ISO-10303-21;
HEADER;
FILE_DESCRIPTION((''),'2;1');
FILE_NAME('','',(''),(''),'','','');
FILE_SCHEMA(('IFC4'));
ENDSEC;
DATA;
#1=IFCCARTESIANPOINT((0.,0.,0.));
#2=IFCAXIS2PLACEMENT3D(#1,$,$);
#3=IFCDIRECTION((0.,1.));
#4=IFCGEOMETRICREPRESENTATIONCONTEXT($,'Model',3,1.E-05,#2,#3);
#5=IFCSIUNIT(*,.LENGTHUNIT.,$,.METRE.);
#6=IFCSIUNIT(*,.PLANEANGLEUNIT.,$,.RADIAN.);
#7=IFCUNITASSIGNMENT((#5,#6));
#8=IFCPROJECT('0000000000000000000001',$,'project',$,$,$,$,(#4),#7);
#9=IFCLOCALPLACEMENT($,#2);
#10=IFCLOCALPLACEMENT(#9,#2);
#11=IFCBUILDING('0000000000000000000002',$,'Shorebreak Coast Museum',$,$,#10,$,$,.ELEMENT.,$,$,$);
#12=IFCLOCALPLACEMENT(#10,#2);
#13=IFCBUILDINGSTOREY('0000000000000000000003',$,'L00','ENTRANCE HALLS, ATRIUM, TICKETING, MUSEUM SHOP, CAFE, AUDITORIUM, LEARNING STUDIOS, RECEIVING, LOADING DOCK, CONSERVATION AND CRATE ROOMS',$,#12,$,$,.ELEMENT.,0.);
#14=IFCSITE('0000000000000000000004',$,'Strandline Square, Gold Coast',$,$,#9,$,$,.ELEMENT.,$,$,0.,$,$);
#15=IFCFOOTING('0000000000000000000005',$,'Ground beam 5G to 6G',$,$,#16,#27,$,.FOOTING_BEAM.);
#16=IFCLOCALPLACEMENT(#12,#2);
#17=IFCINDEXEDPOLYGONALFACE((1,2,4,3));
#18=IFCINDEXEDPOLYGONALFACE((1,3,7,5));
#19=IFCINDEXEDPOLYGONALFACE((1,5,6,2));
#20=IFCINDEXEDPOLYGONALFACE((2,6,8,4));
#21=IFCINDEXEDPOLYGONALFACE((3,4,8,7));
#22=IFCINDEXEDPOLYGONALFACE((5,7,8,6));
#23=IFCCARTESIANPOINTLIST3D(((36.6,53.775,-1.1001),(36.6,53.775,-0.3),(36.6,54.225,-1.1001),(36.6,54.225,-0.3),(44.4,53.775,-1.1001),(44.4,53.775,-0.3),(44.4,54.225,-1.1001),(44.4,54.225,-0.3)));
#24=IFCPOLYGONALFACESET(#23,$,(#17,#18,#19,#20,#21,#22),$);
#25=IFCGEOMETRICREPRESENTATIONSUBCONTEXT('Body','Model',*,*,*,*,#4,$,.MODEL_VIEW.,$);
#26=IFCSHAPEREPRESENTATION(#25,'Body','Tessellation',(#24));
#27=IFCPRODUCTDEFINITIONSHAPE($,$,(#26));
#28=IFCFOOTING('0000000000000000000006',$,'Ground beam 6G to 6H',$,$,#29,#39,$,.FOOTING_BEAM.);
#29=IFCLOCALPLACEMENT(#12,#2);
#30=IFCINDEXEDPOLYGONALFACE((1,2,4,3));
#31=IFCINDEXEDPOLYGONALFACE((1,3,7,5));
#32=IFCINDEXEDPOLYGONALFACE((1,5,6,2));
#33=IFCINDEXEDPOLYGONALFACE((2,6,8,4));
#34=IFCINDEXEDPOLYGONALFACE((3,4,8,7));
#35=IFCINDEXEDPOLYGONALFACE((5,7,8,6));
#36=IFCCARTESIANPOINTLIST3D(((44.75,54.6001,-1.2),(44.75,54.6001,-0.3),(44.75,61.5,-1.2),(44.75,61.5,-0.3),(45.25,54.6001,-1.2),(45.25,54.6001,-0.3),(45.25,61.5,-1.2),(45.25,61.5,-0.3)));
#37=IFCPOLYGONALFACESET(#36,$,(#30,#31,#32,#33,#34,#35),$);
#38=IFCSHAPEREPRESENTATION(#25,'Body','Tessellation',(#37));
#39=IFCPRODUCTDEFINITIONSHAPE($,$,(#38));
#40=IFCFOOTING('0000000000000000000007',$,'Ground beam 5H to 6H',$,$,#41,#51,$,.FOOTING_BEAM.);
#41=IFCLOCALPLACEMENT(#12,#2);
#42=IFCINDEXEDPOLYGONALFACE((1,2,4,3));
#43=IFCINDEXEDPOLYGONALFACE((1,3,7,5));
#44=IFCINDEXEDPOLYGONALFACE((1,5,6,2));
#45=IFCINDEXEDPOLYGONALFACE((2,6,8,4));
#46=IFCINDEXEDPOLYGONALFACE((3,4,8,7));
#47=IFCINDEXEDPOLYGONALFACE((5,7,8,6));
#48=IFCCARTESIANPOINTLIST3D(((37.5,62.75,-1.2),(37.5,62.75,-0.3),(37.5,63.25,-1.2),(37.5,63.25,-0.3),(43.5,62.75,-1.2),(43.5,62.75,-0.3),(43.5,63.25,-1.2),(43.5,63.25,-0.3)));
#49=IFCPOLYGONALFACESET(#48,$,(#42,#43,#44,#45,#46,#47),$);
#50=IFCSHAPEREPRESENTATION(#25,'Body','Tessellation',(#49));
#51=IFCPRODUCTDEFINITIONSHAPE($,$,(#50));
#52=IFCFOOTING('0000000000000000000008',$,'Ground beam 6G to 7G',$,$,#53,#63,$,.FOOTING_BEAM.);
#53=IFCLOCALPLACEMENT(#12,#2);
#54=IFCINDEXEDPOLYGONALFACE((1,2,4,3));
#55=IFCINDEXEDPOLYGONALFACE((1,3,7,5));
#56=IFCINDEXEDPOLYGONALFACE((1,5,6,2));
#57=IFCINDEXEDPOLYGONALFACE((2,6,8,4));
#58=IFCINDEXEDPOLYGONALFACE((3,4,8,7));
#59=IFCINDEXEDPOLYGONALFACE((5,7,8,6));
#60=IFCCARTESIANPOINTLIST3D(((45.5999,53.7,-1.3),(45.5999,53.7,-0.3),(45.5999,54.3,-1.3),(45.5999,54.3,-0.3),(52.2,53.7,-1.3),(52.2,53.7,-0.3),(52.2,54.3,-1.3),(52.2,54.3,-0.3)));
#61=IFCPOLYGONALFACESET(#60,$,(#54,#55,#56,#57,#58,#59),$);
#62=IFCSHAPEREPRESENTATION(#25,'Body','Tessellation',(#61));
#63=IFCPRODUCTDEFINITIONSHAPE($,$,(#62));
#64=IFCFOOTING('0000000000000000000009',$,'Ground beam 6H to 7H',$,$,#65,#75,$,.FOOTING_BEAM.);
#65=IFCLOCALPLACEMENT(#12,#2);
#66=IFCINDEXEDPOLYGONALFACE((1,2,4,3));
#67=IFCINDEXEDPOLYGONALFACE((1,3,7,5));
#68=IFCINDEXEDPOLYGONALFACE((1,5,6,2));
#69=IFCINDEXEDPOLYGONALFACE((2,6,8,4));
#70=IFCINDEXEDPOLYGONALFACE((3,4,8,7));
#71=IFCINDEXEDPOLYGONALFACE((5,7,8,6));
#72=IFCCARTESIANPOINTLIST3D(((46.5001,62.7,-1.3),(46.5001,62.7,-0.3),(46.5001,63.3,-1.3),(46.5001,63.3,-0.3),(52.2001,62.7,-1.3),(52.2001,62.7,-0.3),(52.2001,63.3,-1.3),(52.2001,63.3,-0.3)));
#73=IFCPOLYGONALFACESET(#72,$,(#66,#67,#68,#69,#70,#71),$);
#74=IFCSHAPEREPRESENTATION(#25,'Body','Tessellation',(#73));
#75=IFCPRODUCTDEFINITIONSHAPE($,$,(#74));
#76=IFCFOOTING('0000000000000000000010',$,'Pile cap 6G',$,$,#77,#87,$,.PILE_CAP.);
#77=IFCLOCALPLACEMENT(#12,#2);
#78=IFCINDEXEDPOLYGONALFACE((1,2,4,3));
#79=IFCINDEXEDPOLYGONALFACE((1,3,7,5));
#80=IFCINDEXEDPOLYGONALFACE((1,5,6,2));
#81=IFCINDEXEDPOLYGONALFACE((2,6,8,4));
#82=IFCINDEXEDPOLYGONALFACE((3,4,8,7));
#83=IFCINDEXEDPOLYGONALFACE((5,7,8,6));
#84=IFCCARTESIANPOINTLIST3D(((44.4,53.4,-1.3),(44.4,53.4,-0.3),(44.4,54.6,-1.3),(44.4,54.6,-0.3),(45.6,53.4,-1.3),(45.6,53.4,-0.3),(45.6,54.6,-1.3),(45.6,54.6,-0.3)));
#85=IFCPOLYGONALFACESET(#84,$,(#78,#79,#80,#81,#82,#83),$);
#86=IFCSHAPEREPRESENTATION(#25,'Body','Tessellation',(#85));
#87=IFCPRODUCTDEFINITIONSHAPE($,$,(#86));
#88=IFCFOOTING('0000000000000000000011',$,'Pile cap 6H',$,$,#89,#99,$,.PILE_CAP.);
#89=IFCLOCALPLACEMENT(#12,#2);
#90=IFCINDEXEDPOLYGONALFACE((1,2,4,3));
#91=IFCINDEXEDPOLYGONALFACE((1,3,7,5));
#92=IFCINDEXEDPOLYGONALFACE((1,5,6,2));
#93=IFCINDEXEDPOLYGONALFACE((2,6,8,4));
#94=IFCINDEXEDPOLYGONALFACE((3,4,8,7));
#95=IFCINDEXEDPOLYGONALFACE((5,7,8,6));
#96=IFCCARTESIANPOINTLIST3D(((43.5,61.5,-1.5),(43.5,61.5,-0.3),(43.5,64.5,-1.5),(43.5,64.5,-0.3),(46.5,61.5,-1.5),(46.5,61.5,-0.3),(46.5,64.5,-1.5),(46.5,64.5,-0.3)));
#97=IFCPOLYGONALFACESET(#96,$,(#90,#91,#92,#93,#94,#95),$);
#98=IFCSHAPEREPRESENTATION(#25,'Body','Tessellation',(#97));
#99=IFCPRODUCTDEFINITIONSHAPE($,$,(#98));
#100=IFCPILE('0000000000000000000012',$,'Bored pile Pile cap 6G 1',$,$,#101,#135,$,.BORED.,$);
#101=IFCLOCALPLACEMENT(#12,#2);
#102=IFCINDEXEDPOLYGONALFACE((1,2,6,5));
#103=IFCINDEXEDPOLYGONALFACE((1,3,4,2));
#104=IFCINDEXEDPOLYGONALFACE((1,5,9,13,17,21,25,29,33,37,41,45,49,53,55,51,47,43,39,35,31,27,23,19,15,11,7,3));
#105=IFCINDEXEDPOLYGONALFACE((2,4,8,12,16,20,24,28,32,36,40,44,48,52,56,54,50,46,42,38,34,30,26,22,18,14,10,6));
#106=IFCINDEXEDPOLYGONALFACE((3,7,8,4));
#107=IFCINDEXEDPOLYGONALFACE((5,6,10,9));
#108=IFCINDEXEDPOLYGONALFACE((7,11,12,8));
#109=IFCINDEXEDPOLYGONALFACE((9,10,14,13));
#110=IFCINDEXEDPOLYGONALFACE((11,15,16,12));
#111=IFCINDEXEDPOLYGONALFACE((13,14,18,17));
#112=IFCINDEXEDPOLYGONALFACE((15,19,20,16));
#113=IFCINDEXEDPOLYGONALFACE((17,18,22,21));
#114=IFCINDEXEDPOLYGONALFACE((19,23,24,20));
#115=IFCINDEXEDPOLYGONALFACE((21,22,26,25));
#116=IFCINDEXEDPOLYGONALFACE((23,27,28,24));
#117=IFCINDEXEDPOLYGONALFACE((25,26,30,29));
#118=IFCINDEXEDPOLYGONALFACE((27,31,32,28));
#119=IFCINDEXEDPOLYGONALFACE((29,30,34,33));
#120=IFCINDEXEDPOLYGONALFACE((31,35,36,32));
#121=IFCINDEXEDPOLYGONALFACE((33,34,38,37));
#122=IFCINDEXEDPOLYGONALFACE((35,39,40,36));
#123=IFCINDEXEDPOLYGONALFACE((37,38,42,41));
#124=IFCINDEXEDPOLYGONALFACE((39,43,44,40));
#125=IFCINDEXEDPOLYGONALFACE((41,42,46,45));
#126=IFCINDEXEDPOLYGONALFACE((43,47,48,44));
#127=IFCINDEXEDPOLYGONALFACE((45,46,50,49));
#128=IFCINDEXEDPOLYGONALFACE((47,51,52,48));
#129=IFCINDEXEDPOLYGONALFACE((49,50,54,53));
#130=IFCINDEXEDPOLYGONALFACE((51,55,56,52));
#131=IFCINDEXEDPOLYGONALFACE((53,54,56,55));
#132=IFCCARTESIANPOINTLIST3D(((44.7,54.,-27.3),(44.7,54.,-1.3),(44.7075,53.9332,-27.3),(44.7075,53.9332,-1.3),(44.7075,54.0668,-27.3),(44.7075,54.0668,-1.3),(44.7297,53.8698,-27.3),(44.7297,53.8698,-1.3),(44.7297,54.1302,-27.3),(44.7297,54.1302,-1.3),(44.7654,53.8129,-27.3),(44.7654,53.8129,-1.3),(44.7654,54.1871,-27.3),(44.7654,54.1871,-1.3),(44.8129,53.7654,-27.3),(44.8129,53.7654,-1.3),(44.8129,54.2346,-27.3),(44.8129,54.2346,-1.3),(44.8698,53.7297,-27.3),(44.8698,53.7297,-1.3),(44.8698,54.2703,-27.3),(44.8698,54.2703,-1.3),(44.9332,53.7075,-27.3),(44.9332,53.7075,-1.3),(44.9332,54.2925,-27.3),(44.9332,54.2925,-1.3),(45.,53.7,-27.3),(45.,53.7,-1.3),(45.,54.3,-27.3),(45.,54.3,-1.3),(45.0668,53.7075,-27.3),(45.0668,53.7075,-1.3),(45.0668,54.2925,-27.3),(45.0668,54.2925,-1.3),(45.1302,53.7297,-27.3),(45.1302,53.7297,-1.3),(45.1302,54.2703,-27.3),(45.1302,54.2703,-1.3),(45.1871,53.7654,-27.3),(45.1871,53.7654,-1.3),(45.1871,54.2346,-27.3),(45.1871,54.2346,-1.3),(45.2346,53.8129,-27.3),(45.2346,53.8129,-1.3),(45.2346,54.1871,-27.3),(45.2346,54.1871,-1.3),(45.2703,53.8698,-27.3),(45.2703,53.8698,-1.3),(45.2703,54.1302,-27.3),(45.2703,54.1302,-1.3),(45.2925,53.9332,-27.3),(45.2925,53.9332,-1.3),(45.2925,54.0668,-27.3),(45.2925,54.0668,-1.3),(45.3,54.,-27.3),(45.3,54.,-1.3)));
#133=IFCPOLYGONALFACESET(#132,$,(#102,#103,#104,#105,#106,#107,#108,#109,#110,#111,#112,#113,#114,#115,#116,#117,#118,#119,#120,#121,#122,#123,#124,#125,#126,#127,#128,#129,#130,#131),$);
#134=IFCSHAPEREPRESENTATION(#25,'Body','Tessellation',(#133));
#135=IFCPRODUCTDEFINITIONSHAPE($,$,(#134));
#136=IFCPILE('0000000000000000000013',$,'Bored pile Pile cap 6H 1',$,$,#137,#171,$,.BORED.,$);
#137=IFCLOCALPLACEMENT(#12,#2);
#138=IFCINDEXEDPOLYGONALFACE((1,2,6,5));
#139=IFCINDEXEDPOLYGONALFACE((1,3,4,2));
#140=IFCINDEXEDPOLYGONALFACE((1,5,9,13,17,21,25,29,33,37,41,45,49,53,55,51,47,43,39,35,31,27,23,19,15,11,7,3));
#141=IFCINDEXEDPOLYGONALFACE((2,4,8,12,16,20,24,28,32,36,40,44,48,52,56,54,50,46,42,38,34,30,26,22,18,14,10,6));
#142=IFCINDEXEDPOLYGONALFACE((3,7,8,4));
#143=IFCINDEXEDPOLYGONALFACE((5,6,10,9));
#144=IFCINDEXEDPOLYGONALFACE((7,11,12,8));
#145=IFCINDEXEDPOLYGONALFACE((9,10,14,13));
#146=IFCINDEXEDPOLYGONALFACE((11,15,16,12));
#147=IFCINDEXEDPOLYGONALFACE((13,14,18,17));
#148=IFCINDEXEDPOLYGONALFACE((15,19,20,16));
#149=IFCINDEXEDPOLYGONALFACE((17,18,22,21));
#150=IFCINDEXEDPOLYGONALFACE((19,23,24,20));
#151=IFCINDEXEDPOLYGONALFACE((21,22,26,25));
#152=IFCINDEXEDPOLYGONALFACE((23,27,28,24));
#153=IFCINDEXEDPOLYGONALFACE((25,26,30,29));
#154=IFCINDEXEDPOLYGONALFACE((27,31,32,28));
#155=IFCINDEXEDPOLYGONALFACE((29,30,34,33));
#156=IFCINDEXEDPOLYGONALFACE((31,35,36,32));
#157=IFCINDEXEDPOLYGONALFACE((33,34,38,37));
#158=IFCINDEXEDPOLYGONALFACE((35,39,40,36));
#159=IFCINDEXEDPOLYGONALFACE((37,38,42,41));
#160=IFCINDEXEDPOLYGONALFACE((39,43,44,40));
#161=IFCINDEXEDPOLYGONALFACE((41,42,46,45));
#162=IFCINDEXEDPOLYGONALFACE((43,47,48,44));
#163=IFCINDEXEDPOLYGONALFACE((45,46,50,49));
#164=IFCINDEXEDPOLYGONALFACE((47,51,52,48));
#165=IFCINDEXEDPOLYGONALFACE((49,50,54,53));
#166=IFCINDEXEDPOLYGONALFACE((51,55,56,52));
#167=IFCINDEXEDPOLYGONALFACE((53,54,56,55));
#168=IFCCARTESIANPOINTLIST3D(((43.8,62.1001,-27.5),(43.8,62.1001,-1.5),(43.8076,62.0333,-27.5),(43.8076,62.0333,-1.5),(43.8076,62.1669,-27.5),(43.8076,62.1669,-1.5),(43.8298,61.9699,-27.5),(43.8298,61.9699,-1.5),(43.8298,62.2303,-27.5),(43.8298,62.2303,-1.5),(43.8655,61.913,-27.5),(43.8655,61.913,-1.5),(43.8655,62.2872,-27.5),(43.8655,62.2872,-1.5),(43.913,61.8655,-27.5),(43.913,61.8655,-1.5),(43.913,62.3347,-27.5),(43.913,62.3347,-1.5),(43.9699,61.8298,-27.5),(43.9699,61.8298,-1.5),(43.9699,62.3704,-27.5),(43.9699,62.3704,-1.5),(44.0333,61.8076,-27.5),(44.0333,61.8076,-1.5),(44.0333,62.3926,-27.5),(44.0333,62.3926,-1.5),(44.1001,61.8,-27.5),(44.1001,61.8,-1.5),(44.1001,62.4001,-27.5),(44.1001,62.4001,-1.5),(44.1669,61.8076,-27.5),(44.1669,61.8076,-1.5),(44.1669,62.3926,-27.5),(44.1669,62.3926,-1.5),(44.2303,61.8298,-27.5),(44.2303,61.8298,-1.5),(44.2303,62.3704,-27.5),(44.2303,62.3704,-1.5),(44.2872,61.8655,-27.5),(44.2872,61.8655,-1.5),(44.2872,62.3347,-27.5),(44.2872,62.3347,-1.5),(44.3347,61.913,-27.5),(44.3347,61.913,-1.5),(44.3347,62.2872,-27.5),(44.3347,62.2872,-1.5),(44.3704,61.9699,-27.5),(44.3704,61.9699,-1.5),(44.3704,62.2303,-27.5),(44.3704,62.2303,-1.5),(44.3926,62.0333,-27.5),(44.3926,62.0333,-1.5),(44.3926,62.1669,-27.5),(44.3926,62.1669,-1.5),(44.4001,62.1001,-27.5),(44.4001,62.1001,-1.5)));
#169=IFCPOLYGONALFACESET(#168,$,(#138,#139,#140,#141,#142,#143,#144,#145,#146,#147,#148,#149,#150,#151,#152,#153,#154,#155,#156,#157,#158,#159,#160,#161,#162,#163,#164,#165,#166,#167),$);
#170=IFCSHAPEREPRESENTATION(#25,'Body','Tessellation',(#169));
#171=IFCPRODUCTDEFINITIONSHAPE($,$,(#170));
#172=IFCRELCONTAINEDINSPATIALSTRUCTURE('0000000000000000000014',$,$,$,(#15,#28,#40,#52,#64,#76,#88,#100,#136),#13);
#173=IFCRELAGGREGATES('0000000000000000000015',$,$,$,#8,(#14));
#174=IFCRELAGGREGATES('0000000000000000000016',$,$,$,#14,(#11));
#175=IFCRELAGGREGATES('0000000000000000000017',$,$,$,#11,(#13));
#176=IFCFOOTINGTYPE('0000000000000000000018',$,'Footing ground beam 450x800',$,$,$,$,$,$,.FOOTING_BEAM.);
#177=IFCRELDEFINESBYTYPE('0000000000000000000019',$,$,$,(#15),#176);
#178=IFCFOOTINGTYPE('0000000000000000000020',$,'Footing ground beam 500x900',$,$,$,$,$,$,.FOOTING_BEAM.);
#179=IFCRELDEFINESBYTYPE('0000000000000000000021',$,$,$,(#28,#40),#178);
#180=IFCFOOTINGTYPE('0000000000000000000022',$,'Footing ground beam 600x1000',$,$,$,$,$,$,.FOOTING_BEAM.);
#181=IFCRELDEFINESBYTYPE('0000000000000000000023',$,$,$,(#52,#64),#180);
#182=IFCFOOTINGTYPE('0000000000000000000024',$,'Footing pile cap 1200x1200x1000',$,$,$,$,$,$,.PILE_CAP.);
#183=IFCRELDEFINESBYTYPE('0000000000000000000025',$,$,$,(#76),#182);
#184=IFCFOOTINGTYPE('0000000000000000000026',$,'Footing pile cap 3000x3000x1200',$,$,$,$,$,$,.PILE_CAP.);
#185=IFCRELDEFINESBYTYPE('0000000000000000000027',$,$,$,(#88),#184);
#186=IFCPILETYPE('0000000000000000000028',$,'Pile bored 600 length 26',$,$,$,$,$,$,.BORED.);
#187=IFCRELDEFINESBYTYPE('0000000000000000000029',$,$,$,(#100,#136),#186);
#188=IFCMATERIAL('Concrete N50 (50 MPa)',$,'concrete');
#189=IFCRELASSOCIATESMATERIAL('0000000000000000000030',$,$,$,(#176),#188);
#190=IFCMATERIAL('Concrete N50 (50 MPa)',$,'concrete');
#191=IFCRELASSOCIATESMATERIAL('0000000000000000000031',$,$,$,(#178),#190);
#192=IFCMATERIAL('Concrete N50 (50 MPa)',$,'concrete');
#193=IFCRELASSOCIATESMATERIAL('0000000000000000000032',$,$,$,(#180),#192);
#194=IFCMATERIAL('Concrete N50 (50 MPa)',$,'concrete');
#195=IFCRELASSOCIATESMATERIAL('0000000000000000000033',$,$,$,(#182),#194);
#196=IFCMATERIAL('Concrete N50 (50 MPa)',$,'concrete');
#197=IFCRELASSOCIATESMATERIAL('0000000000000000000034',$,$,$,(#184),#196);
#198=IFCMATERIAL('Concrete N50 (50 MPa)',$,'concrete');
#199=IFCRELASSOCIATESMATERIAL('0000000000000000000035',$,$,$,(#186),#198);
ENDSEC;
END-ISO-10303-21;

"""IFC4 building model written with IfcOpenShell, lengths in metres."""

from ifc_helpers import new_model, si_unit, direction, frame, origin, origin_2d, place, context, subcontext, project, spatial, rectangle, circle, extrude, material, material_profile, profile_set, type_object, element, save


model = new_model("IFC4")

# Units and contexts
model_context = context("Model", 3, precision=1e-05, world=origin(), true_north=direction((0.0, 1.0)))
body_context = subcontext(model_context, "Body", "Model", "MODEL_VIEW")
ifc_project = project(units=[si_unit("LENGTHUNIT", "METRE"), si_unit("PLANEANGLEUNIT", "RADIAN")], contexts=[model_context])

# Site, building, storey
site_placement = place(None, origin())
site = spatial("IfcSite", under=ifc_project, at=site_placement, Name="Strandline Square, Gold Coast", CompositionType="ELEMENT", RefElevation=0.0)
building_placement = place(site_placement, origin())
building = spatial("IfcBuilding", under=site, at=building_placement, Name="Shorebreak Coast Museum", CompositionType="ELEMENT")
storey_placement = place(building_placement, origin())
storey = spatial("IfcBuildingStorey", under=building, at=storey_placement, Name="L00", Description="ENTRANCE HALLS, ATRIUM, TICKETING, MUSEUM SHOP, CAFE, AUDITORIUM, LEARNING STUDIOS, RECEIVING, LOADING DOCK, CONSERVATION AND CRATE ROOMS", CompositionType="ELEMENT", Elevation=0.0)

# Footings
ifc_material_1 = material(Name="Concrete N50 (50 MPa)", Category="concrete")
footing_type_1 = type_object("IfcFootingType", Name="Footing ground beam 450x800", PredefinedType="FOOTING_BEAM", material=ifc_material_1)
footing_1_placement = place(storey_placement, frame((40.5, 54.0, -1.1001), z_axis=(0.0, 0.0, 1.0), x_axis=(1.0, 0.0, 0.0)))
element("IfcFooting", 1, at=footing_1_placement, inside=storey, type_object=footing_type_1, Name="Ground beam 5G to 6G", PredefinedType="FOOTING_BEAM", context=body_context, shape_type="SweptSolid", body=[
    extrude(rectangle(XDim=7.8, YDim=0.45, at=origin_2d()), origin(), (0.0, 0.0, 1.0), 0.8),
])
ifc_material_2 = material(Name="Concrete N50 (50 MPa)", Category="concrete")
footing_type_2 = type_object("IfcFootingType", Name="Footing ground beam 500x900", PredefinedType="FOOTING_BEAM", material=ifc_material_2)
footing_2_placement = place(storey_placement, frame((45.0, 58.05, -1.2), z_axis=(0.0, 0.0, 1.0), x_axis=(1.0, 0.0, 0.0)))
element("IfcFooting", 2, at=footing_2_placement, inside=storey, type_object=footing_type_2, Name="Ground beam 6G to 6H", PredefinedType="FOOTING_BEAM", context=body_context, shape_type="SweptSolid", body=[
    extrude(rectangle(XDim=0.5, YDim=6.8999, at=origin_2d()), origin(), (0.0, 0.0, 1.0), 0.8999),
])
footing_3_placement = place(storey_placement, frame((40.5, 63.0, -1.2), z_axis=(0.0, 0.0, 1.0), x_axis=(1.0, 0.0, 0.0)))
element("IfcFooting", 3, at=footing_3_placement, inside=storey, type_object=footing_type_2, Name="Ground beam 5H to 6H", PredefinedType="FOOTING_BEAM", context=body_context, shape_type="SweptSolid", body=[
    extrude(rectangle(XDim=6.0, YDim=0.5, at=origin_2d()), origin(), (0.0, 0.0, 1.0), 0.8999),
])
ifc_material_3 = material(Name="Concrete N50 (50 MPa)", Category="concrete")
footing_type_3 = type_object("IfcFootingType", Name="Footing ground beam 600x1000", PredefinedType="FOOTING_BEAM", material=ifc_material_3)
footing_4_placement = place(storey_placement, frame((48.8999, 54.0, -1.3), z_axis=(0.0, 0.0, 1.0), x_axis=(1.0, 0.0, 0.0)))
element("IfcFooting", 4, at=footing_4_placement, inside=storey, type_object=footing_type_3, Name="Ground beam 6G to 7G", PredefinedType="FOOTING_BEAM", context=body_context, shape_type="SweptSolid", body=[
    extrude(rectangle(XDim=6.6001, YDim=0.6001, at=origin_2d()), origin(), (0.0, 0.0, 1.0), 1.0),
])
footing_5_placement = place(storey_placement, frame((49.3501, 63.0, -1.3), z_axis=(0.0, 0.0, 1.0), x_axis=(1.0, 0.0, 0.0)))
element("IfcFooting", 5, at=footing_5_placement, inside=storey, type_object=footing_type_3, Name="Ground beam 6H to 7H", PredefinedType="FOOTING_BEAM", context=body_context, shape_type="SweptSolid", body=[
    extrude(rectangle(XDim=5.7, YDim=0.6001, at=origin_2d()), origin(), (0.0, 0.0, 1.0), 1.0),
])
ifc_material_4 = material(Name="Concrete N50 (50 MPa)", Category="concrete")
footing_type_4 = type_object("IfcFootingType", Name="Footing pile cap 1200x1200x1000", PredefinedType="PILE_CAP", material=ifc_material_4)
footing_6_placement = place(storey_placement, frame((45.0, 54.0, -1.3), z_axis=(0.0, 0.0, 1.0), x_axis=(1.0, 0.0, 0.0)))
element("IfcFooting", 6, at=footing_6_placement, inside=storey, type_object=footing_type_4, Name="Pile cap 6G", PredefinedType="PILE_CAP", context=body_context, shape_type="SweptSolid", body=[
    extrude(rectangle(XDim=1.2, YDim=1.2, at=origin_2d()), origin(), (0.0, 0.0, 1.0), 1.0),
])
ifc_material_5 = material(Name="Concrete N50 (50 MPa)", Category="concrete")
footing_type_5 = type_object("IfcFootingType", Name="Footing pile cap 3000x3000x1200", PredefinedType="PILE_CAP", material=ifc_material_5)
footing_7_placement = place(storey_placement, frame((45.0, 63.0, -1.5), z_axis=(0.0, 0.0, 1.0), x_axis=(1.0, 0.0, 0.0)))
element("IfcFooting", 7, at=footing_7_placement, inside=storey, type_object=footing_type_5, Name="Pile cap 6H", PredefinedType="PILE_CAP", context=body_context, shape_type="SweptSolid", body=[
    extrude(rectangle(XDim=3.0, YDim=3.0, at=origin_2d()), origin(), (0.0, 0.0, 1.0), 1.2),
])

# Piles
ifc_material_6 = material(Name="Concrete N50 (50 MPa)", Category="concrete")
ifc_material_profile_1 = material_profile(ifc_material_6, circle(Radius=0.3, at=origin_2d()), Name="Pile bored 600 length 26")
ifc_profile_set_1 = profile_set([ifc_material_profile_1], Name="Concrete N50 (50 MPa)")
pile_type_1 = type_object("IfcPileType", Name="Pile bored 600 length 26", PredefinedType="BORED", material=ifc_profile_set_1)
for number, where, z_axis, x_axis, name in (
    (8, (45.0, 54.0, -1.3), (0.0, 0.0, -1.0), (1.0, 0.0, 0.0), "Bored pile Pile cap 6G 1"),
    (9, (44.1001, 62.1001, -1.5), (0.0, 0.0, -1.0), (1.0, 0.0, 0.0), "Bored pile Pile cap 6H 1"),
):
    element("IfcPile", number, at=place(storey_placement, frame(where, z_axis=z_axis, x_axis=x_axis)), inside=storey, type_object=pile_type_1, Name=name, PredefinedType="BORED", context=body_context, shape_type="SweptSolid", body=[
        extrude(circle(Radius=0.3, at=origin_2d()), origin(), (0.0, 0.0, 1.0), 26.0),
    ])

save(model, "model.ifc")
